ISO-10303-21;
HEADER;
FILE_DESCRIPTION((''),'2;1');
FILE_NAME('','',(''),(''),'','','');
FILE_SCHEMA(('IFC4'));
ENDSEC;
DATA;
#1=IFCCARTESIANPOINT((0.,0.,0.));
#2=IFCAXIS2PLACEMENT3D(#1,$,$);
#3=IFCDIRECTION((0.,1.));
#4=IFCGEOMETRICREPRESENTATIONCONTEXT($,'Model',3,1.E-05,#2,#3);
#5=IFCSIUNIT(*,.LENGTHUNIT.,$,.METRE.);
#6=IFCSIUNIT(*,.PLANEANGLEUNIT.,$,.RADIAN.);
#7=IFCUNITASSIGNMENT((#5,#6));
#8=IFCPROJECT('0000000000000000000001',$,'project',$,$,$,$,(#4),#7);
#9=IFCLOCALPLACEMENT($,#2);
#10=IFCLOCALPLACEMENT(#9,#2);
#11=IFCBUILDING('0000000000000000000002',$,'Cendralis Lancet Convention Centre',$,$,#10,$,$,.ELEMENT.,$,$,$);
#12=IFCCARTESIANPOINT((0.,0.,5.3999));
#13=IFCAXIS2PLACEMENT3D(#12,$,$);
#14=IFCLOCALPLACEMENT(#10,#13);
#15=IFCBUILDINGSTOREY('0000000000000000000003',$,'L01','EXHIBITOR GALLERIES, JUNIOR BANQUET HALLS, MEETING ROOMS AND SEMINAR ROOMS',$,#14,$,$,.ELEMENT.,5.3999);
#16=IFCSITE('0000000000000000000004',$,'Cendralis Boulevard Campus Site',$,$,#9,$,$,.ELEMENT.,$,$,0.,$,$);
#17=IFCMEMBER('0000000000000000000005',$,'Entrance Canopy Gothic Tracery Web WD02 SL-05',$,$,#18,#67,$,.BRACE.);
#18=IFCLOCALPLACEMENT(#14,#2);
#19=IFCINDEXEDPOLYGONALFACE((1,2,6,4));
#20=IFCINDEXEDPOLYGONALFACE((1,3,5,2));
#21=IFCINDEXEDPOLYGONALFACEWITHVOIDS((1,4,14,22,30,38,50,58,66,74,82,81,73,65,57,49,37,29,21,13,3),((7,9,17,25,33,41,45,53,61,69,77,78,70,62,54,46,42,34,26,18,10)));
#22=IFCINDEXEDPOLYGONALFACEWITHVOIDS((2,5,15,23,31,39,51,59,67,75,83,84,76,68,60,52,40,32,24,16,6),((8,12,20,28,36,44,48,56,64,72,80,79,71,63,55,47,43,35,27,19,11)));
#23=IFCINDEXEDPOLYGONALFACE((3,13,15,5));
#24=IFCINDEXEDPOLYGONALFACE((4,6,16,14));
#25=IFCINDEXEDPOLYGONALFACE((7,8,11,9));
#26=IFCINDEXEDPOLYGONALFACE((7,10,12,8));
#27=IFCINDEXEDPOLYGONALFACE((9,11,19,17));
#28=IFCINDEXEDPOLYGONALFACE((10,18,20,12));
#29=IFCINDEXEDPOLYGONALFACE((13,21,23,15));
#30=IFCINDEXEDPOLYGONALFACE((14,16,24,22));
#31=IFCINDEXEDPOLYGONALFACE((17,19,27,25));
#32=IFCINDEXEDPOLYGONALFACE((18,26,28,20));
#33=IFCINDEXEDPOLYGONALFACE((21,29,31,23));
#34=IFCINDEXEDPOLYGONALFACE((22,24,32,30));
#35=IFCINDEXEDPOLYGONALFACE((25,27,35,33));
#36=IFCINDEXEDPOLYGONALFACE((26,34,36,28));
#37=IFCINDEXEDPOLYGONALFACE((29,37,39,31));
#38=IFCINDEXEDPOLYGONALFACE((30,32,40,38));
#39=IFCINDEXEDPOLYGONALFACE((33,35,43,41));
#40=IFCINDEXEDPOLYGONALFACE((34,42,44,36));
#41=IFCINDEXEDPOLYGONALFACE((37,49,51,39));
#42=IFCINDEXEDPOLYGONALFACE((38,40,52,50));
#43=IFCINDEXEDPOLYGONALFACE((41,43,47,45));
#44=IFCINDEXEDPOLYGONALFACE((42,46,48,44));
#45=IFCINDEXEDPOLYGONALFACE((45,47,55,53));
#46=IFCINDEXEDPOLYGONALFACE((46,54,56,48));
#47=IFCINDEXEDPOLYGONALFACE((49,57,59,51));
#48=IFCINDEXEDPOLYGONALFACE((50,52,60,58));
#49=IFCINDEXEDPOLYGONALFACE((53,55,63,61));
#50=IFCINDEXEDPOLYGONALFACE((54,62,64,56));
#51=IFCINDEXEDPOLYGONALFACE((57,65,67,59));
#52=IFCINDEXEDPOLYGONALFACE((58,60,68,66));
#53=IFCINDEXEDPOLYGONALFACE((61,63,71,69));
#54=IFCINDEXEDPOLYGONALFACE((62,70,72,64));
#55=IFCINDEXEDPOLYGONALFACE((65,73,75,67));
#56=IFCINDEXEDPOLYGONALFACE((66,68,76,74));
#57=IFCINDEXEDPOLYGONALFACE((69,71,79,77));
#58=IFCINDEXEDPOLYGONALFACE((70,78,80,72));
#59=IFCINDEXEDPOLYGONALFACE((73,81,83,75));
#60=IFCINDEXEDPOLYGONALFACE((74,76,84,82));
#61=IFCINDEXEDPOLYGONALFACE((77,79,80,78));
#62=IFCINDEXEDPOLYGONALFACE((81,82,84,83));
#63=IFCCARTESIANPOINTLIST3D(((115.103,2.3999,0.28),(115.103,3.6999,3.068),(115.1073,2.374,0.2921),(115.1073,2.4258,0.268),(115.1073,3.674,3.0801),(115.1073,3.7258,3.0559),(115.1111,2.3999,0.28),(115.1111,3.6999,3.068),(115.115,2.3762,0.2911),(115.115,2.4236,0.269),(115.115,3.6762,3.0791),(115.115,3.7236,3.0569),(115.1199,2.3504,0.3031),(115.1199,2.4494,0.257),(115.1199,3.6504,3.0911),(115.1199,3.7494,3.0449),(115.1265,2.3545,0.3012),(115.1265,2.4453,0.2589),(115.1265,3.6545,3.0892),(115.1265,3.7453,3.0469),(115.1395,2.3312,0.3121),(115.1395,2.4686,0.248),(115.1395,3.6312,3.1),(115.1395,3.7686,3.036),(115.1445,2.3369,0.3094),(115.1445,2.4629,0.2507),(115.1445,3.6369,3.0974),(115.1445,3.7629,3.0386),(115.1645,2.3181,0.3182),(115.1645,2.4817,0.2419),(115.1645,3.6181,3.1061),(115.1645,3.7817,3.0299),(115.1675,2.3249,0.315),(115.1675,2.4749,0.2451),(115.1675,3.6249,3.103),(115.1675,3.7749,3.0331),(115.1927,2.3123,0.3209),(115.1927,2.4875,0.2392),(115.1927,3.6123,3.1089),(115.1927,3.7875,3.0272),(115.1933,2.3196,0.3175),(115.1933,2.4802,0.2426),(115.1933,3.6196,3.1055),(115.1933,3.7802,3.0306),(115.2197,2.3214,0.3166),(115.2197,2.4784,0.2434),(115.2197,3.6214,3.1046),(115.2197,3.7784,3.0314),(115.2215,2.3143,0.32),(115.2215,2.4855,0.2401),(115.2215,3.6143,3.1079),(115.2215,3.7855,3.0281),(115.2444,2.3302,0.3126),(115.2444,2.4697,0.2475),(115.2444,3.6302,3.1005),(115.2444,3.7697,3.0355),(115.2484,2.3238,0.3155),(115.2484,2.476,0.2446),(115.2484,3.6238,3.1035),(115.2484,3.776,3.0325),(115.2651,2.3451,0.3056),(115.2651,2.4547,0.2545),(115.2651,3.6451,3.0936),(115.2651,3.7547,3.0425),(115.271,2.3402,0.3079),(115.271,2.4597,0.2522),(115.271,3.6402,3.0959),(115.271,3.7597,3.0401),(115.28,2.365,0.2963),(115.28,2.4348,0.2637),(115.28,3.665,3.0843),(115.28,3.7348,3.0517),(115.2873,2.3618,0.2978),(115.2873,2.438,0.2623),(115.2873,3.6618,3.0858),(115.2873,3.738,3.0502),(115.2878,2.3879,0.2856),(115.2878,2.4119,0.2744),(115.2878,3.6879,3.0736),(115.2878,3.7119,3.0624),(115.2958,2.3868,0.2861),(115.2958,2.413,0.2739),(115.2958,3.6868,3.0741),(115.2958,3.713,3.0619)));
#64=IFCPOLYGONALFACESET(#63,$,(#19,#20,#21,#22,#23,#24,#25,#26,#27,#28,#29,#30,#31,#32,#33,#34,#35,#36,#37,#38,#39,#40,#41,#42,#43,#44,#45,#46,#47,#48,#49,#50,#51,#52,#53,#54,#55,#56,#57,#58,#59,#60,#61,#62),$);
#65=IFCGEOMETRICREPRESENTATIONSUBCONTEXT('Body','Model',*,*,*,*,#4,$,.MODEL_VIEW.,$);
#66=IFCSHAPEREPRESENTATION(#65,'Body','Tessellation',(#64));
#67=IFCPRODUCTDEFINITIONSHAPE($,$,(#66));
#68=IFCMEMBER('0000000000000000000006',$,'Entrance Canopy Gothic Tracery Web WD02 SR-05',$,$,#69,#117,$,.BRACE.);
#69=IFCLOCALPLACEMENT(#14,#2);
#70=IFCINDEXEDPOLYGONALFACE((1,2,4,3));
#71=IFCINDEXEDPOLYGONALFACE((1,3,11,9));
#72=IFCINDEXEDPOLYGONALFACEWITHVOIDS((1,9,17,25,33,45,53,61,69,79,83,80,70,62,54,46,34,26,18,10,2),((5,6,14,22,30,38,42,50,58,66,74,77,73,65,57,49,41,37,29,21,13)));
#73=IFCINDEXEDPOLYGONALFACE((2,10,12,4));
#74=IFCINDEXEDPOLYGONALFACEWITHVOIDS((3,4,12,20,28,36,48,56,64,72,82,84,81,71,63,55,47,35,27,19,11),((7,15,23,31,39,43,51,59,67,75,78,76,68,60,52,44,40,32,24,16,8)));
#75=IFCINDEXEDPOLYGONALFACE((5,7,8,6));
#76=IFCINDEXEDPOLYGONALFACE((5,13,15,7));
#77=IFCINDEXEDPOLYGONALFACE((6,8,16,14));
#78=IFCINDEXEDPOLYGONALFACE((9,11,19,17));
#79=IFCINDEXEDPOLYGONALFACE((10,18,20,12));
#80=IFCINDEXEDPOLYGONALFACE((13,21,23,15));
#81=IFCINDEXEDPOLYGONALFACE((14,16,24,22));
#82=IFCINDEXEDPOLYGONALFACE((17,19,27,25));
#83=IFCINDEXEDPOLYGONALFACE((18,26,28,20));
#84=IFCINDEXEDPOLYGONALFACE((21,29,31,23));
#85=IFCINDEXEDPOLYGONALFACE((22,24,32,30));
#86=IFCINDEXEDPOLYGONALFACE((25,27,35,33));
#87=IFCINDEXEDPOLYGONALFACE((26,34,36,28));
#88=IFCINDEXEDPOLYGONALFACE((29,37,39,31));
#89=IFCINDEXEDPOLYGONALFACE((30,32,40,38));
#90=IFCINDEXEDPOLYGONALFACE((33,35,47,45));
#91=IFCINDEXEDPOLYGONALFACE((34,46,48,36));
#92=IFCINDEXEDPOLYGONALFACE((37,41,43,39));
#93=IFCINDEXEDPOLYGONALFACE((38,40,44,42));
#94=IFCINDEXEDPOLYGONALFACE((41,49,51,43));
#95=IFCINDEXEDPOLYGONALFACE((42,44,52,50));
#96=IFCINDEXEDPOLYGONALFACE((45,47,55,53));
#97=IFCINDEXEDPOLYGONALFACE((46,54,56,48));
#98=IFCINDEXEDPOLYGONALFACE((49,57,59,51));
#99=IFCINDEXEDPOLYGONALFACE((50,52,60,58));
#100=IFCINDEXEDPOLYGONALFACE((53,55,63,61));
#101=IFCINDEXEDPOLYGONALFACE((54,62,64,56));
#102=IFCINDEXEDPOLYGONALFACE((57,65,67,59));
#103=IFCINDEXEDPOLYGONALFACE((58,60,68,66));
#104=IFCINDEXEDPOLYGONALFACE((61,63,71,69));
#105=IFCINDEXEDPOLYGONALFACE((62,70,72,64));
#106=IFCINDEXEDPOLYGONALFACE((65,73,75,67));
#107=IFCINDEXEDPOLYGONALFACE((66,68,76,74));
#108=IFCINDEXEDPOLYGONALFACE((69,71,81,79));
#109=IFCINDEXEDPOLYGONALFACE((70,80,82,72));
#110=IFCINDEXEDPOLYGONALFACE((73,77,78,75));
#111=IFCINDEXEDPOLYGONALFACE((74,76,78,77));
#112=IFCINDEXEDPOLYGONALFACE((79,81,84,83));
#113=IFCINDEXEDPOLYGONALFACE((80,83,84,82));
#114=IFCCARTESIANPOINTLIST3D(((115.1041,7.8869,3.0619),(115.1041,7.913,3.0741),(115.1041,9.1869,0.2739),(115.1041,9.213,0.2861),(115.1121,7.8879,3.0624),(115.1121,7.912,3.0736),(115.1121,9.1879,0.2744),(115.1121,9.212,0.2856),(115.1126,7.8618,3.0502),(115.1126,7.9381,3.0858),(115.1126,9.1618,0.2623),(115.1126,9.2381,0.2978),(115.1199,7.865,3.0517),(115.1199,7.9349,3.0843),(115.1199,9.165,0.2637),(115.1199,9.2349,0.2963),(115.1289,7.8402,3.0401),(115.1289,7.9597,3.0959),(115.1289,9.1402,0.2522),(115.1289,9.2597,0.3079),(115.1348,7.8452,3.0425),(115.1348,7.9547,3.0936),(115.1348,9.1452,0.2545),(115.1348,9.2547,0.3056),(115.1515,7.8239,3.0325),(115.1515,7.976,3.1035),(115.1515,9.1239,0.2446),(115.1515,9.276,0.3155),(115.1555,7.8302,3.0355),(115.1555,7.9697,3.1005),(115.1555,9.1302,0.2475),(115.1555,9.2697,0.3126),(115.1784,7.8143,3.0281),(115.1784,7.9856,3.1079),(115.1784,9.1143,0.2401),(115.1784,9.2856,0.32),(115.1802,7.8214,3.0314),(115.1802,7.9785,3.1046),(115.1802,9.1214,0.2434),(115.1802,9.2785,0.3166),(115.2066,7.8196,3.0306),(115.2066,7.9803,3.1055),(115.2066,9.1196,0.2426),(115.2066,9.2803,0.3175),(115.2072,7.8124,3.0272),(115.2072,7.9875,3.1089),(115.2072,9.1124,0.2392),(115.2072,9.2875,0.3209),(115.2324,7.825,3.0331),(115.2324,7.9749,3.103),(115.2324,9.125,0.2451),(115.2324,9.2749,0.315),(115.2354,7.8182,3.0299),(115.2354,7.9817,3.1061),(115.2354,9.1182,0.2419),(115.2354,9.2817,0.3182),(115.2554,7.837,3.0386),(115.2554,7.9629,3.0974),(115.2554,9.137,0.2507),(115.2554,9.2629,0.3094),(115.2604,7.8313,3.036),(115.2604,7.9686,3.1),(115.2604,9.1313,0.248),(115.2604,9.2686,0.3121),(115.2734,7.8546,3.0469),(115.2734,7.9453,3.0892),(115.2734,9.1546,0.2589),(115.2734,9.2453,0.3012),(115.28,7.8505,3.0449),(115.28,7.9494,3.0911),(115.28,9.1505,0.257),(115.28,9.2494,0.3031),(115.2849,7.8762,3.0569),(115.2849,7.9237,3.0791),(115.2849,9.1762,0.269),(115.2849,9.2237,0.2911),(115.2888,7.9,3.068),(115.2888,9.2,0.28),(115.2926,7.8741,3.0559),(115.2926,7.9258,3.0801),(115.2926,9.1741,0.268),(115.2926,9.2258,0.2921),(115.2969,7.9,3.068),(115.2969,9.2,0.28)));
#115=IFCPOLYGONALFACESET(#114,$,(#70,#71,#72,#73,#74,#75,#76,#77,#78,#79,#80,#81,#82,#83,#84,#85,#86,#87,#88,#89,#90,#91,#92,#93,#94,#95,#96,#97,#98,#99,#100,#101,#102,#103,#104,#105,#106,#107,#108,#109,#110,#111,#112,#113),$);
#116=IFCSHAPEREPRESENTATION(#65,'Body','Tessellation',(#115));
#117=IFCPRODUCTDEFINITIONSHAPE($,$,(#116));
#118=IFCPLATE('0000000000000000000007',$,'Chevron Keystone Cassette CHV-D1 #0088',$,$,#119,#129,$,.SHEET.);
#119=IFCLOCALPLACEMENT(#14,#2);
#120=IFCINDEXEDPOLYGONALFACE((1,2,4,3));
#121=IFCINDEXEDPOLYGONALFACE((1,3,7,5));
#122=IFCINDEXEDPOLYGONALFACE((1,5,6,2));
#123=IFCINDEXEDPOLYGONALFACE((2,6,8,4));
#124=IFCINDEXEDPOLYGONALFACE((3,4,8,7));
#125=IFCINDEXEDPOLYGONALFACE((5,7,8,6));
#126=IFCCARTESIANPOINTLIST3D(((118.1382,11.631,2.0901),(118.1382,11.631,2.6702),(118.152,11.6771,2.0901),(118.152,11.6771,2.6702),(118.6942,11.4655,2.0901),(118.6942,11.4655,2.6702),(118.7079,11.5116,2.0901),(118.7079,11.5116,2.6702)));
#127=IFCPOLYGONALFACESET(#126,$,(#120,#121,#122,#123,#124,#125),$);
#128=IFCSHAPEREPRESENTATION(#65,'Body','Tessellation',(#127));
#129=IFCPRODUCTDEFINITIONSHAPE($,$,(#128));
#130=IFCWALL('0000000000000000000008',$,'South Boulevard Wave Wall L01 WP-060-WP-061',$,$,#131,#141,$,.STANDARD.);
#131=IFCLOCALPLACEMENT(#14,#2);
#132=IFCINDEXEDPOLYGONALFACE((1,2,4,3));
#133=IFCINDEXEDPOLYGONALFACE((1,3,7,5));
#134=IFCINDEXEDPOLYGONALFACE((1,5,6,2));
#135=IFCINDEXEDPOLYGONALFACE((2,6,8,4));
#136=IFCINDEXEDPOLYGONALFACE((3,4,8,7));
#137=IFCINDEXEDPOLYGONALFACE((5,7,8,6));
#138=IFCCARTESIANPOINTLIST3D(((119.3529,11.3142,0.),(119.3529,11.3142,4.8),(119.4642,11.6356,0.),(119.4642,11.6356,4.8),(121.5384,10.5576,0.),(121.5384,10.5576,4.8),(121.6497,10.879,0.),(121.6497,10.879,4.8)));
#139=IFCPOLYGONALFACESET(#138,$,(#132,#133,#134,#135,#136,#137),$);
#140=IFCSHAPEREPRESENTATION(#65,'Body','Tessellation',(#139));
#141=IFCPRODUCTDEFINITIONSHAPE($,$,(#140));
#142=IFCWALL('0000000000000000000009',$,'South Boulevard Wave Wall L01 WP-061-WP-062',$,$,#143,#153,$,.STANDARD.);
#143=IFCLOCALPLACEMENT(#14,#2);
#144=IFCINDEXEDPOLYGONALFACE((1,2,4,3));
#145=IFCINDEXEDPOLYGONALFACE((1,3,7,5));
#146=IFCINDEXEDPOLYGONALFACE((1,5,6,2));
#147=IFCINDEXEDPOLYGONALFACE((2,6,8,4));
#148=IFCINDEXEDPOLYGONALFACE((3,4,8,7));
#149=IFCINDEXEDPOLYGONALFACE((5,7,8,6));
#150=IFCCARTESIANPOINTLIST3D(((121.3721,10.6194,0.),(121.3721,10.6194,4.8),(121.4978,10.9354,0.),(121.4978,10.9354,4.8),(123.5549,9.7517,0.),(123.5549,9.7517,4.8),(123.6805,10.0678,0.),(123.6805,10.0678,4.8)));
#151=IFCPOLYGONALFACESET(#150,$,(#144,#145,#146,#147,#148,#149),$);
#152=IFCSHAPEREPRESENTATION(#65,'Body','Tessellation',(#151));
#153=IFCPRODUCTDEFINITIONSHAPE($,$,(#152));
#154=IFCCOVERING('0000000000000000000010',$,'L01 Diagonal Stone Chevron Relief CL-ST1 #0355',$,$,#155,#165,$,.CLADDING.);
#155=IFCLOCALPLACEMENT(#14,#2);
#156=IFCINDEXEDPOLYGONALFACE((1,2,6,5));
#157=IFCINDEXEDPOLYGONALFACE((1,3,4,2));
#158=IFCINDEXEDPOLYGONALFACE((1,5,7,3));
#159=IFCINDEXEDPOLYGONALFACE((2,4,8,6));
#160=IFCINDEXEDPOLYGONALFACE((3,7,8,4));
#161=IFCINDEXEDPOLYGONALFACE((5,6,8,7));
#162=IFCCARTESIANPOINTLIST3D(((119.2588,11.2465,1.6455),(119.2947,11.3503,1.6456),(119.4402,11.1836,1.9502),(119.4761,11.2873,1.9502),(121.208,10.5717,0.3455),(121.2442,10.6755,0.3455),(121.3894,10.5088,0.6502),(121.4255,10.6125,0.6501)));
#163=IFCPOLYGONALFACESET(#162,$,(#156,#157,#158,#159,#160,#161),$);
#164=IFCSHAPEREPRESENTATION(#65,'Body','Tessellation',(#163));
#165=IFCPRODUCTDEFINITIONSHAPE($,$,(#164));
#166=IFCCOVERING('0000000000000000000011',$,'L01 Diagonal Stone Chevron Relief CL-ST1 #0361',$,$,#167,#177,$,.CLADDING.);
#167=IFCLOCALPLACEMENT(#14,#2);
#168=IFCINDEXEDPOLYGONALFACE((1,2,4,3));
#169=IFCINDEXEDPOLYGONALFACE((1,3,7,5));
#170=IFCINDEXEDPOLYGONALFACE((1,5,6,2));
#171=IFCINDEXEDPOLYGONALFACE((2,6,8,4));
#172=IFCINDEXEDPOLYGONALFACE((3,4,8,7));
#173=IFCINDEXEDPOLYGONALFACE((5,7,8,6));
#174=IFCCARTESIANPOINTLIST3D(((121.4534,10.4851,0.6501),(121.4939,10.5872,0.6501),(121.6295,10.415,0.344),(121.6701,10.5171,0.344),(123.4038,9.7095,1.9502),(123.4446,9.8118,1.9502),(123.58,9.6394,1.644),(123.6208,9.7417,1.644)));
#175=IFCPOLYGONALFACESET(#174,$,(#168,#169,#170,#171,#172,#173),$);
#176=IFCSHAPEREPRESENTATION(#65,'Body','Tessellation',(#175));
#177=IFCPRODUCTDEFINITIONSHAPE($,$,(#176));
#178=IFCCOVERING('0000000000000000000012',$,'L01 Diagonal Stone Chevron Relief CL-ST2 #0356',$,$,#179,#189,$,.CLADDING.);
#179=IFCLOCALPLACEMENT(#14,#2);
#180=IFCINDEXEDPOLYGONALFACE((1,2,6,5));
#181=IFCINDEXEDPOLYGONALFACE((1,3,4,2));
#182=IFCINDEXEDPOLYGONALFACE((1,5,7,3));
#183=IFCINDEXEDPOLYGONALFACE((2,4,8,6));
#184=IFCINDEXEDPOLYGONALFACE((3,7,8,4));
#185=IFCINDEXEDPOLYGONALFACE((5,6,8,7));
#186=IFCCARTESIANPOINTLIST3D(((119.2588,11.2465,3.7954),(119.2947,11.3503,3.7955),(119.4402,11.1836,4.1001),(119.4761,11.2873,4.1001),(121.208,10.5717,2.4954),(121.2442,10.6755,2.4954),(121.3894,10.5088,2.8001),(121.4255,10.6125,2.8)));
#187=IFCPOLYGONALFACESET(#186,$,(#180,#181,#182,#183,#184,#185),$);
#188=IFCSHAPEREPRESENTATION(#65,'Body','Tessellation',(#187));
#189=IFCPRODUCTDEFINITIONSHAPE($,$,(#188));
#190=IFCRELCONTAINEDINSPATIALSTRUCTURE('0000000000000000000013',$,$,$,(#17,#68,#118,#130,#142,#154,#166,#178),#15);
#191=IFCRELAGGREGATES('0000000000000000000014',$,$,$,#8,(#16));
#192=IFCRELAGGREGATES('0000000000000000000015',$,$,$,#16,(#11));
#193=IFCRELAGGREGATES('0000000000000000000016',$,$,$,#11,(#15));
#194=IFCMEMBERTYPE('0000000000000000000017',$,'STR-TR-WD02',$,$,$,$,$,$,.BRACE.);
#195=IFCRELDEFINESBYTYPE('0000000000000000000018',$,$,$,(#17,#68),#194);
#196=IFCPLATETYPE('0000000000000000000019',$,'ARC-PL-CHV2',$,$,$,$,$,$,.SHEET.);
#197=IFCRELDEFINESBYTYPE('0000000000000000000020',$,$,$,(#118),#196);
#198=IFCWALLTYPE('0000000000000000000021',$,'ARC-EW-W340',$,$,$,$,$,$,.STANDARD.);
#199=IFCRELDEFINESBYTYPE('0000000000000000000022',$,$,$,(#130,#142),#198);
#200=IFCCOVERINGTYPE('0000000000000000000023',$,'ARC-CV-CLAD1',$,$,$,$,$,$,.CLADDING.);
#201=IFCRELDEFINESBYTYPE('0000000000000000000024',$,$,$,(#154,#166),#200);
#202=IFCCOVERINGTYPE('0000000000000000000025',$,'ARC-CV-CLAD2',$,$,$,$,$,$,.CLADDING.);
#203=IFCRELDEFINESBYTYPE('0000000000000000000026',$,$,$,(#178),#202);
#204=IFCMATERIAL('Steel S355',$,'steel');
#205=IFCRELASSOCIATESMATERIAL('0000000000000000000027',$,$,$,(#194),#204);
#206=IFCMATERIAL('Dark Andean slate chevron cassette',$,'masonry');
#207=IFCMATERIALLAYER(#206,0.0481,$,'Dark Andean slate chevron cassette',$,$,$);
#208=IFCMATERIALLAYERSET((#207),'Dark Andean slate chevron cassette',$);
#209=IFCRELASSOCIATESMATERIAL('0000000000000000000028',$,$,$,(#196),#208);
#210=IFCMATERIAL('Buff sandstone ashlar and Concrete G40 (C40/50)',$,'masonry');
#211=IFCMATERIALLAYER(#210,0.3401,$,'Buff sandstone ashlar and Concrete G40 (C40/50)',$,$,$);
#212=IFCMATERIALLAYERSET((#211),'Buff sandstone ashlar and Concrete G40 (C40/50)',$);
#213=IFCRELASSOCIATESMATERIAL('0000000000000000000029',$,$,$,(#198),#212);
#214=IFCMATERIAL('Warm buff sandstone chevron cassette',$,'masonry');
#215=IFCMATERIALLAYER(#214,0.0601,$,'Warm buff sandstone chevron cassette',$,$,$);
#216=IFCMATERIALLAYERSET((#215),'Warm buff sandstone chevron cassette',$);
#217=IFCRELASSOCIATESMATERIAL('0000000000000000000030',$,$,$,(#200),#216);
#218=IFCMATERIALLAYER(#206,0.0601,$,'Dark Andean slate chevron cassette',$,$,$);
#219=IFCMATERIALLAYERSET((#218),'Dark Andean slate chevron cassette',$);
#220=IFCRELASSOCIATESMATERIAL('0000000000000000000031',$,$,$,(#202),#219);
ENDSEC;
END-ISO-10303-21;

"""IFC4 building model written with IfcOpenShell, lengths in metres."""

from ifc_helpers import new_model, si_unit, direction, frame, frame_2d, origin, origin_2d, place, context, subcontext, project, spatial, polyline, rectangle, hollow_circle, outline, extrude, material, layer, layer_set, material_profile, profile_set, type_object, element, save


model = new_model("IFC4")

# Units and contexts
model_context = context("Model", 3, precision=1e-05, world=origin(), true_north=direction((0.0, 1.0)))
body_context = subcontext(model_context, "Body", "Model", "MODEL_VIEW")
ifc_project = project(units=[si_unit("LENGTHUNIT", "METRE"), si_unit("PLANEANGLEUNIT", "RADIAN")], contexts=[model_context])

# Site, building, storey
site_placement = place(None, origin())
site = spatial("IfcSite", under=ifc_project, at=site_placement, Name="Cendralis Boulevard Campus Site", CompositionType="ELEMENT", RefElevation=0.0)
building_placement = place(site_placement, origin())
building = spatial("IfcBuilding", under=site, at=building_placement, Name="Cendralis Lancet Convention Centre", CompositionType="ELEMENT")
storey_placement = place(building_placement, frame((0.0, 0.0, 5.3999)))
storey = spatial("IfcBuildingStorey", under=building, at=storey_placement, Name="L01", Description="EXHIBITOR GALLERIES, JUNIOR BANQUET HALLS, MEETING ROOMS AND SEMINAR ROOMS", CompositionType="ELEMENT", Elevation=5.3999)

# Members
ifc_material_1 = material(Name="Steel S355", Category="steel")
ifc_material_profile_1 = material_profile(ifc_material_1, hollow_circle(Radius=0.0969, WallThickness=0.0081, at=origin_2d()), Name="CHS 193.7x8.0")
ifc_profile_set_1 = profile_set([ifc_material_profile_1], Name="Steel S355")
member_type_1 = type_object("IfcMemberType", Name="STR-TR-WD02", PredefinedType="BRACE", material=ifc_profile_set_1)
for number, where, z_axis, x_axis, name in (
    (1, (115.2, 2.3999, 0.28), (0.0, 0.422603, 0.906315), (-1.0, 0.0, 0.0), "Entrance Canopy Gothic Tracery Web WD02 SL-05"),
    (2, (115.2, 9.2, 0.28), (0.0, -0.422603, 0.906315), (1.0, 0.0, 0.0), "Entrance Canopy Gothic Tracery Web WD02 SR-05"),
):
    element("IfcMember", number, at=place(storey_placement, frame(where, z_axis=z_axis, x_axis=x_axis)), inside=storey, type_object=member_type_1, Name=name, PredefinedType="BRACE", context=body_context, shape_type="SweptSolid", body=[
        extrude(hollow_circle(Radius=0.0969, WallThickness=0.0081, at=origin_2d()), origin(), (0.0, 0.0, 1.0), 3.0762),
    ])

# Plate
ifc_material_2 = material(Name="Dark Andean slate chevron cassette", Category="masonry")
ifc_layer_1 = layer(ifc_material_2, 0.0481, Name="Dark Andean slate chevron cassette")
ifc_layer_set_1 = layer_set([ifc_layer_1], Name="Dark Andean slate chevron cassette")
plate_type = type_object("IfcPlateType", Name="ARC-PL-CHV2", PredefinedType="SHEET", material=ifc_layer_set_1)
plate_placement = place(storey_placement, frame((118.4231, 11.5713, 2.0901), z_axis=(0.0, 0.0, 1.0), x_axis=(0.958447, -0.28527, 0.0)))
element("IfcPlate", 3, at=plate_placement, inside=storey, type_object=plate_type, Name="Chevron Keystone Cassette CHV-D1 #0088", PredefinedType="SHEET", context=body_context, shape_type="SweptSolid", body=[
    extrude(rectangle(XDim=0.5801, YDim=0.0481, at=origin_2d()), origin(), (0.0, 0.0, 1.0), 0.5801),
])

# Walls
ifc_material_3 = material(Name="Buff sandstone ashlar and Concrete G40 (C40/50)", Category="masonry")
ifc_layer_2 = layer(ifc_material_3, 0.3401, Name="Buff sandstone ashlar and Concrete G40 (C40/50)")
ifc_layer_set_2 = layer_set([ifc_layer_2], Name="Buff sandstone ashlar and Concrete G40 (C40/50)")
wall_type = type_object("IfcWallType", Name="ARC-EW-W340", PredefinedType="STANDARD", material=ifc_layer_set_2)
wall_1_placement = place(storey_placement, frame((119.4087, 11.4749, 0.0), z_axis=(0.0, 0.0, 1.0), x_axis=(0.944979, -0.327132, 0.0)))
element("IfcWall", 4, at=wall_1_placement, inside=storey, type_object=wall_type, Name="South Boulevard Wave Wall L01 WP-060-WP-061", PredefinedType="STANDARD", context=body_context, shape_type="SweptSolid", body=[
    extrude(rectangle(XDim=2.3127, YDim=0.3401, at=frame_2d((1.1562, 0.0))), origin(), (0.0, 0.0, 1.0), 4.8),
])
wall_2_placement = place(storey_placement, frame((121.4351, 10.7773, 0.0), z_axis=(0.0, 0.0, 1.0), x_axis=(0.929277, -0.369383, 0.0)))
element("IfcWall", 5, at=wall_2_placement, inside=storey, type_object=wall_type, Name="South Boulevard Wave Wall L01 WP-061-WP-062", PredefinedType="STANDARD", context=body_context, shape_type="SweptSolid", body=[
    extrude(rectangle(XDim=2.3489, YDim=0.3401, at=frame_2d((1.1743, 0.0))), origin(), (0.0, 0.0, 1.0), 4.8),
])

# Coverings
ifc_material_4 = material(Name="Warm buff sandstone chevron cassette", Category="masonry")
ifc_layer_3 = layer(ifc_material_4, 0.0601, Name="Warm buff sandstone chevron cassette")
ifc_layer_set_3 = layer_set([ifc_layer_3], Name="Warm buff sandstone chevron cassette")
covering_type_1 = type_object("IfcCoveringType", Name="ARC-CV-CLAD1", PredefinedType="CLADDING", material=ifc_layer_set_3)
covering_1_placement = place(storey_placement, frame((119.4402, 11.1836, 1.9502), z_axis=(0.5037, -0.174814, 0.846006), x_axis=(0.799454, -0.276765, -0.533173)))
element("IfcCovering", 6, at=covering_1_placement, inside=storey, type_object=covering_type_1, Name="L01 Diagonal Stone Chevron Relief CL-ST1 #0355", PredefinedType="CLADDING", context=body_context, shape_type="SweptSolid", body=[
    extrude(outline(polyline([(0.0, 0.0), (2.4382, 0.0), (2.4384, 0.1099), (0.0, 0.1098), (0.0, 0.0)])), origin(), (0.0, 0.0, -1.0), 0.3601),
])
covering_2_placement = place(storey_placement, frame((121.4534, 10.4851, 0.6501), z_axis=(-0.489239, 0.194644, 0.850152), x_axis=(0.789979, -0.314152, 0.526537)))
element("IfcCovering", 7, at=covering_2_placement, inside=storey, type_object=covering_type_1, Name="L01 Diagonal Stone Chevron Relief CL-ST1 #0361", PredefinedType="CLADDING", context=body_context, shape_type="SweptSolid", body=[
    extrude(outline(polyline([(0.0, 0.0), (2.469, 0.0), (2.4691, 0.1101), (0.0, 0.1098), (0.0, 0.0)])), origin(), (0.0, 0.0, -1.0), 0.3601),
])
ifc_layer_4 = layer(ifc_material_2, 0.0601, Name="Dark Andean slate chevron cassette")
ifc_layer_set_4 = layer_set([ifc_layer_4], Name="Dark Andean slate chevron cassette")
covering_type_2 = type_object("IfcCoveringType", Name="ARC-CV-CLAD2", PredefinedType="CLADDING", material=ifc_layer_set_4)
covering_3_placement = place(storey_placement, frame((119.4402, 11.1836, 4.1001), z_axis=(0.5037, -0.174814, 0.846006), x_axis=(0.799454, -0.276765, -0.533173)))
element("IfcCovering", 8, at=covering_3_placement, inside=storey, type_object=covering_type_2, Name="L01 Diagonal Stone Chevron Relief CL-ST2 #0356", PredefinedType="CLADDING", context=body_context, shape_type="SweptSolid", body=[
    extrude(outline(polyline([(0.0, 0.0), (2.4382, 0.0), (2.4384, 0.1099), (0.0, 0.1098), (0.0, 0.0)])), origin(), (0.0, 0.0, -1.0), 0.3601),
])

save(model, "model.ifc")
